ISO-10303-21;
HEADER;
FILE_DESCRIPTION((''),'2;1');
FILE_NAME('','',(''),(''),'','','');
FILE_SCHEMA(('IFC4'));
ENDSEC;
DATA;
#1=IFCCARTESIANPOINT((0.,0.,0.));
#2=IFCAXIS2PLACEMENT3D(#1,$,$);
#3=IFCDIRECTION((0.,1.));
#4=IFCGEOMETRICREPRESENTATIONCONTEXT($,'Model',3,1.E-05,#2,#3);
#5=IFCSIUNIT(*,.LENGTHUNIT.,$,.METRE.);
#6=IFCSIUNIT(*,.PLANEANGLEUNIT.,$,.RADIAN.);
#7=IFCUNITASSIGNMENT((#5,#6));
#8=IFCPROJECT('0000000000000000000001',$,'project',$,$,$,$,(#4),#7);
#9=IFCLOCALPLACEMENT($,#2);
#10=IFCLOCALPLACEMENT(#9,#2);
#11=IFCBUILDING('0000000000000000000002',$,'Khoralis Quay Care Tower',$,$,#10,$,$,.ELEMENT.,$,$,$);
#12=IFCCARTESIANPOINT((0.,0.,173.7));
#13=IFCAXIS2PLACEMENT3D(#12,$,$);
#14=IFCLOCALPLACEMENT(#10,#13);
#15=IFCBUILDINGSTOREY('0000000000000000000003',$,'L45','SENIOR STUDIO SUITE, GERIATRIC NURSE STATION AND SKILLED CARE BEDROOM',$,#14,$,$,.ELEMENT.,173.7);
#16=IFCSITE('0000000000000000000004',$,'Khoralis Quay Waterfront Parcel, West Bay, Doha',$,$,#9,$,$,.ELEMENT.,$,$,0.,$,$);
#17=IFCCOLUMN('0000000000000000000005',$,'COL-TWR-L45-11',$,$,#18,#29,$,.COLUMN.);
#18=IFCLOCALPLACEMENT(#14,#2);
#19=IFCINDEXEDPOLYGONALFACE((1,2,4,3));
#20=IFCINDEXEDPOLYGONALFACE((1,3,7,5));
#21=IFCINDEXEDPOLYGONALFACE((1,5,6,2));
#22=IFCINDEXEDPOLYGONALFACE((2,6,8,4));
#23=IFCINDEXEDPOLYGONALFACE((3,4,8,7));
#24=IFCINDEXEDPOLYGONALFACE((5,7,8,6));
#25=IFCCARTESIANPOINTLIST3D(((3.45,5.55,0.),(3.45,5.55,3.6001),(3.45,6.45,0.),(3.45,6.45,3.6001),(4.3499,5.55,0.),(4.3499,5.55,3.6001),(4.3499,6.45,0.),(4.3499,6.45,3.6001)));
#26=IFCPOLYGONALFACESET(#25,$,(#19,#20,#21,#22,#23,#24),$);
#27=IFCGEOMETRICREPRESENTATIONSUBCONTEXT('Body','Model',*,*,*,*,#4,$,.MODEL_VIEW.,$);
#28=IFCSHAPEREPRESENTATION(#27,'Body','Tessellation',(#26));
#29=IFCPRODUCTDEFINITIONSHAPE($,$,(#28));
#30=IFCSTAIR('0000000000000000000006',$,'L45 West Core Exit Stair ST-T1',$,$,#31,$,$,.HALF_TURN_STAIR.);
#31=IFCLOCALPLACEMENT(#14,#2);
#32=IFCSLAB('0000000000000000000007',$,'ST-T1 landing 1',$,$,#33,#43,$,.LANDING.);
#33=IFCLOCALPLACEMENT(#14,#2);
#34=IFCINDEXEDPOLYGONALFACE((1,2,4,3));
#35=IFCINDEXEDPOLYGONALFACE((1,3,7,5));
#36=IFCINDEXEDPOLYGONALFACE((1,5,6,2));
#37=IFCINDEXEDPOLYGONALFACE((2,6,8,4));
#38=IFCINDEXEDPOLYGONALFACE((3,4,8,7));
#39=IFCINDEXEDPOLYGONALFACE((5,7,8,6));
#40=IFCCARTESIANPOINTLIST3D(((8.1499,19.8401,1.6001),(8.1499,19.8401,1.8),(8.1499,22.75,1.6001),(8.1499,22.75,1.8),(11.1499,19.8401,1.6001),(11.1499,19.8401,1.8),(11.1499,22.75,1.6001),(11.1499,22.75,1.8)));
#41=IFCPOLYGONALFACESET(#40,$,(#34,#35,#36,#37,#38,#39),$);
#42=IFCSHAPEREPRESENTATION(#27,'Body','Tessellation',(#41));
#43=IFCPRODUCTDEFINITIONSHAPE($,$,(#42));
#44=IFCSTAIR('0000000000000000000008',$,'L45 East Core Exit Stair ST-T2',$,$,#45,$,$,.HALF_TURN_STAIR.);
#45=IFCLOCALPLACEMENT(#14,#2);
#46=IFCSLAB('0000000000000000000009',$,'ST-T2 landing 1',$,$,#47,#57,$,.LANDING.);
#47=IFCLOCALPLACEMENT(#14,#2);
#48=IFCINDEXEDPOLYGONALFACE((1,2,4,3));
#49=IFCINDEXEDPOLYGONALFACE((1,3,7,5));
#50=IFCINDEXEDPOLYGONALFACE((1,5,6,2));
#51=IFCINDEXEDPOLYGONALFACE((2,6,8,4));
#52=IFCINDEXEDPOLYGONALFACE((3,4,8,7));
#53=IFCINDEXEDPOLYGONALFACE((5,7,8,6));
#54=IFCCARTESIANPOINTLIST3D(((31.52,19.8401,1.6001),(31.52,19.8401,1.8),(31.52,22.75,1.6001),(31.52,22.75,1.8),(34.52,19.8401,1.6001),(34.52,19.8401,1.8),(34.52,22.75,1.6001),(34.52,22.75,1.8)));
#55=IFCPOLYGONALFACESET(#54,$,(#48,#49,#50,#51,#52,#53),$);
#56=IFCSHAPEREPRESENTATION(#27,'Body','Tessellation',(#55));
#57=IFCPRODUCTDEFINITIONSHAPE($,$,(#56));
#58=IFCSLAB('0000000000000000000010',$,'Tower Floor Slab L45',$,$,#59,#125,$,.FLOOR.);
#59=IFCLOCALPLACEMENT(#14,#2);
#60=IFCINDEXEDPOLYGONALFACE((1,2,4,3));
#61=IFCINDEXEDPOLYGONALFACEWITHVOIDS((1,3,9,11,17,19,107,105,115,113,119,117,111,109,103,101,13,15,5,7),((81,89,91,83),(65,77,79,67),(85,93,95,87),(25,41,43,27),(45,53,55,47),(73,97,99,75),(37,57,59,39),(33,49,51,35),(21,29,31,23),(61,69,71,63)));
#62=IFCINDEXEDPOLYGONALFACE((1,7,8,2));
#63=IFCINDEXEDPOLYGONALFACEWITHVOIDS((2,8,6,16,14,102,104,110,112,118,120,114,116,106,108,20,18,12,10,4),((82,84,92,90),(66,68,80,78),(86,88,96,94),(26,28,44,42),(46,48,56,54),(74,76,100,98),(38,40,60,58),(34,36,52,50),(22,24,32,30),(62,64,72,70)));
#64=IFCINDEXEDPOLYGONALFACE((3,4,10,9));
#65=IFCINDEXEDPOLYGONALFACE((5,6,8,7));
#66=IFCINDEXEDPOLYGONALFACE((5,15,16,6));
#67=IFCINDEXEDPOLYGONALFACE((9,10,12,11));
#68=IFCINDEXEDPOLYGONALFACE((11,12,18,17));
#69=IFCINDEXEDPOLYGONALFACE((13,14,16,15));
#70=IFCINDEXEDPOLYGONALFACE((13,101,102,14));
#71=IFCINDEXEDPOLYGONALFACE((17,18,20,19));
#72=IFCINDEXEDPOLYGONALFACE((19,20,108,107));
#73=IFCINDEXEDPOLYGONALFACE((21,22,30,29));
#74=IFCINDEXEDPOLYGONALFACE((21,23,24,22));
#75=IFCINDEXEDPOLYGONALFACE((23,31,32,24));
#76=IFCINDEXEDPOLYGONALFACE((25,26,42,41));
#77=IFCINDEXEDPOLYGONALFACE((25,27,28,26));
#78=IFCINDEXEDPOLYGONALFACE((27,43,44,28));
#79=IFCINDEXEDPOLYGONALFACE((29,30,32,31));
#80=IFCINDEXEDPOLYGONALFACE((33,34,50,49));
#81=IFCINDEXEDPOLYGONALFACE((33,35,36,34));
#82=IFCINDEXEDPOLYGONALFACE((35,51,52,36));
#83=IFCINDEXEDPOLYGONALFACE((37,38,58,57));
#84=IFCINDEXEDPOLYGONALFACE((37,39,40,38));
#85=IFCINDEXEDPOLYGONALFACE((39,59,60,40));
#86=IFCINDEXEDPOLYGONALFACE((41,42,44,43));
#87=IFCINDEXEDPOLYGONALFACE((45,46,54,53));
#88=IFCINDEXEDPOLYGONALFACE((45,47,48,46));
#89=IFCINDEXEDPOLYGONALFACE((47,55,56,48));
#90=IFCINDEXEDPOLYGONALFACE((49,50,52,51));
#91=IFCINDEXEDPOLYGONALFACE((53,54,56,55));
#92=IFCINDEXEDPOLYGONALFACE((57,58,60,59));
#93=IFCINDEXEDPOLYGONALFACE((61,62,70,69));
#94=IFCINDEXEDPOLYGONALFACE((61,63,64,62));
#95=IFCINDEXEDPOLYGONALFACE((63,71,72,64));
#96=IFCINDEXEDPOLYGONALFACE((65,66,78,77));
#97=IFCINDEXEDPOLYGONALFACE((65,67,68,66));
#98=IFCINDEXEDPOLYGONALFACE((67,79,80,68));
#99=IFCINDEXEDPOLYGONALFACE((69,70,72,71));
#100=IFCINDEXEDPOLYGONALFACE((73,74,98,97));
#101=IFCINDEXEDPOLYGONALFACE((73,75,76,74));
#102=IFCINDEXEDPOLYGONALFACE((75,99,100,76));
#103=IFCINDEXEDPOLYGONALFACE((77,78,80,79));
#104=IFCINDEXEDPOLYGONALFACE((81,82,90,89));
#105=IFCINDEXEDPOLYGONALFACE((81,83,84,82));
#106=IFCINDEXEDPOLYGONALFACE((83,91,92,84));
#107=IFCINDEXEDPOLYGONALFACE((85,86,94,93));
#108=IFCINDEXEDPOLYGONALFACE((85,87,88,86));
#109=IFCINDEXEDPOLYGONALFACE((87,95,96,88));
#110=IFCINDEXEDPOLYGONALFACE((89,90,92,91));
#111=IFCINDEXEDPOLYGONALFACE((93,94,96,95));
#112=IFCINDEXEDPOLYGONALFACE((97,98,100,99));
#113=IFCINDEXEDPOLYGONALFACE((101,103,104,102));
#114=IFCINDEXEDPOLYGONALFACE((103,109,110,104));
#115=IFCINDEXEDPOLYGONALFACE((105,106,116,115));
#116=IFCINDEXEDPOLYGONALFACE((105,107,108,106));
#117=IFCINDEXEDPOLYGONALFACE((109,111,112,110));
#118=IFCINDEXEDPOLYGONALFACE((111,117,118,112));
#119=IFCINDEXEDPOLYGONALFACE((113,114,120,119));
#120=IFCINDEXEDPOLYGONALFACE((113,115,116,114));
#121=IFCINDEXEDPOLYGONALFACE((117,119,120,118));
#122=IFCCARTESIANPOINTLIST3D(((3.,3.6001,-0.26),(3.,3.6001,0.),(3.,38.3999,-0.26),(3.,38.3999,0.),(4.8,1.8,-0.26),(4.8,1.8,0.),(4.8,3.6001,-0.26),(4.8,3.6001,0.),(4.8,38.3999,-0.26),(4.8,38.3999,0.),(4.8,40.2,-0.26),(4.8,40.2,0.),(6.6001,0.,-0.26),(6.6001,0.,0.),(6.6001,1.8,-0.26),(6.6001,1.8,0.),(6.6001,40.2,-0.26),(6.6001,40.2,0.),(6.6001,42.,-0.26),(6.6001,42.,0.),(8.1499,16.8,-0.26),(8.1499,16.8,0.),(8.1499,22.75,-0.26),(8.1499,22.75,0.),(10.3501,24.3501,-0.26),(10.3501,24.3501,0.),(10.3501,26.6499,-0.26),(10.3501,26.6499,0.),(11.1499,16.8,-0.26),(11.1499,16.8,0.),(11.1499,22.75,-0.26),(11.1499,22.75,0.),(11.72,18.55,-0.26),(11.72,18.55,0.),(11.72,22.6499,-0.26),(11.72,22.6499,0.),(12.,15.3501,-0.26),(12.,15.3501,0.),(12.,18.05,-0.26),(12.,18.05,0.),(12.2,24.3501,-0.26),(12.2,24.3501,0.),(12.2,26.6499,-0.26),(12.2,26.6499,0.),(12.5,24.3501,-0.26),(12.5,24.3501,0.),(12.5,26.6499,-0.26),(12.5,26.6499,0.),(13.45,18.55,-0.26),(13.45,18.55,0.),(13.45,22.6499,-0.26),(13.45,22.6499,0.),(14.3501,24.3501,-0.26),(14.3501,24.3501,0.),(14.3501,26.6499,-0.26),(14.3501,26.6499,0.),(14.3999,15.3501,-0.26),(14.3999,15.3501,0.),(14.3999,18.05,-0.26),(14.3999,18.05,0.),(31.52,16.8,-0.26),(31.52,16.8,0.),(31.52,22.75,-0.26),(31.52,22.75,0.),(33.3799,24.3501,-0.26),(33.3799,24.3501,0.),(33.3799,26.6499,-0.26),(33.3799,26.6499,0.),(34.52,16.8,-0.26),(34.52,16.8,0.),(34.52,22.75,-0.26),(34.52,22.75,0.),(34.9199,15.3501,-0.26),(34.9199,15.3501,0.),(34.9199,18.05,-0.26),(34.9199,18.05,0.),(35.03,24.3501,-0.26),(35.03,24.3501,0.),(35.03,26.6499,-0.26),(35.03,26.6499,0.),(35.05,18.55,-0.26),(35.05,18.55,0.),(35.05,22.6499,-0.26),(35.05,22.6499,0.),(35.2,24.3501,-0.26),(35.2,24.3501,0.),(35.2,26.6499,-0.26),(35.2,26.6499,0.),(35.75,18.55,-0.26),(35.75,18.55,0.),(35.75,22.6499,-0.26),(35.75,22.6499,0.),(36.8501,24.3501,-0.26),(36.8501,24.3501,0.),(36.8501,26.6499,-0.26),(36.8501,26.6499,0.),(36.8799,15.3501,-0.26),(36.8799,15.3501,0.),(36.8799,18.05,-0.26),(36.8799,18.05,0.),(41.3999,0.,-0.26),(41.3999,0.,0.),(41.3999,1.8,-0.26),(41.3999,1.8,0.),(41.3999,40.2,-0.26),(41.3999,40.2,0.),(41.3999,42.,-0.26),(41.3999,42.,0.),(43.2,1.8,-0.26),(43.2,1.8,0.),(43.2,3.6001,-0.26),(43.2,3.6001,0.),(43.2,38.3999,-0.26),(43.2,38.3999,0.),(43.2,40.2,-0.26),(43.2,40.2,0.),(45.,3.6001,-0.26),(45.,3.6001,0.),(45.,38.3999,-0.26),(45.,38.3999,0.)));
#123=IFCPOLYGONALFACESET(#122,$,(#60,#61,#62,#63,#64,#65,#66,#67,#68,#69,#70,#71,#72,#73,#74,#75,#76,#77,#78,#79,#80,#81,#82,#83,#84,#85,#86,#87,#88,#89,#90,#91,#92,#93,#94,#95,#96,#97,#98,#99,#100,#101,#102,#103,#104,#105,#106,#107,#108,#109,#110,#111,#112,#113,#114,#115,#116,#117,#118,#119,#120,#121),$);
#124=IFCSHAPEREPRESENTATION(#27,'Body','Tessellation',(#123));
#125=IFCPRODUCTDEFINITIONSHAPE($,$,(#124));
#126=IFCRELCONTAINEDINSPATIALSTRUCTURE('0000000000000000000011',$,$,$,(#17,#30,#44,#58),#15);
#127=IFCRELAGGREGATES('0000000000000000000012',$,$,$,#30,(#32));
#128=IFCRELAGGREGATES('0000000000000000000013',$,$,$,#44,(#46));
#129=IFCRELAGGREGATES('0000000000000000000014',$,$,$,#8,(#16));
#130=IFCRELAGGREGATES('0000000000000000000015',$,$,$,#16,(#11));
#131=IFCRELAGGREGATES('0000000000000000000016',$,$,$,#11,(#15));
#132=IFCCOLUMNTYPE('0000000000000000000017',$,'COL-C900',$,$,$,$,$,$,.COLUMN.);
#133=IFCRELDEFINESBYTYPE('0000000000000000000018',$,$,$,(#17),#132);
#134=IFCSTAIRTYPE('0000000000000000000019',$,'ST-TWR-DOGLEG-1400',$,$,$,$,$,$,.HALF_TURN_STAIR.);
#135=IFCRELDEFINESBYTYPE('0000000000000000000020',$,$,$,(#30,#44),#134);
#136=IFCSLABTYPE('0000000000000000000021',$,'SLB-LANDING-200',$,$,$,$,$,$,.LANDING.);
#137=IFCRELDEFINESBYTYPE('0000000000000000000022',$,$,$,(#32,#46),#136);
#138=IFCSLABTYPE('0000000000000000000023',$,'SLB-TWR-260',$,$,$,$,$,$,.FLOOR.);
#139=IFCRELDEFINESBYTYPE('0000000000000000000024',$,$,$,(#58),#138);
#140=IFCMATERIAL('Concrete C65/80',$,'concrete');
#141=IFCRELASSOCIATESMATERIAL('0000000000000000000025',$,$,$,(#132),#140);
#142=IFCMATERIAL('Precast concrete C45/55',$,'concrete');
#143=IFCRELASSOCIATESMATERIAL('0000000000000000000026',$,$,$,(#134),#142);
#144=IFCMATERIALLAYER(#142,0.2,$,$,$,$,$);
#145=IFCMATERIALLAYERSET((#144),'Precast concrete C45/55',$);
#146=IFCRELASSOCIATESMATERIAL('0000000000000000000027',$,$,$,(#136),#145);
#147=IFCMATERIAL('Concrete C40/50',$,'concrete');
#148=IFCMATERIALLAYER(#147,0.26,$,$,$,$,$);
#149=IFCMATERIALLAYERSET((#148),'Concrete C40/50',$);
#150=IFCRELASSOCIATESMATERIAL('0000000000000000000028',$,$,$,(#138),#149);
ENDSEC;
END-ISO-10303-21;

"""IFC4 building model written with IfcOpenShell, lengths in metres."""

from ifc_helpers import new_model, si_unit, direction, frame, origin, origin_2d, place, context, subcontext, project, spatial, polyline, rectangle, outline, extrude, source, transform, mapped, material, layer, layer_set, material_profile, profile_set, type_object, element, aggregate, save


model = new_model("IFC4")

# Units and contexts
model_context = context("Model", 3, precision=1e-05, world=origin(), true_north=direction((0.0, 1.0)))
body_context = subcontext(model_context, "Body", "Model", "MODEL_VIEW")
ifc_project = project(units=[si_unit("LENGTHUNIT", "METRE"), si_unit("PLANEANGLEUNIT", "RADIAN")], contexts=[model_context])

# Site, building, storey
site_placement = place(None, origin())
site = spatial("IfcSite", under=ifc_project, at=site_placement, Name="Khoralis Quay Waterfront Parcel, West Bay, Doha", CompositionType="ELEMENT", RefElevation=0.0)
building_placement = place(site_placement, origin())
building = spatial("IfcBuilding", under=site, at=building_placement, Name="Khoralis Quay Care Tower", CompositionType="ELEMENT")
storey_placement = place(building_placement, frame((0.0, 0.0, 173.7)))
storey = spatial("IfcBuildingStorey", under=building, at=storey_placement, Name="L45", Description="SENIOR STUDIO SUITE, GERIATRIC NURSE STATION AND SKILLED CARE BEDROOM", CompositionType="ELEMENT", Elevation=173.7)

# Column
ifc_material_1 = material(Name="Concrete C65/80", Category="concrete")
ifc_material_profile = material_profile(ifc_material_1, rectangle(XDim=0.8999, YDim=0.8999, at=origin_2d()), Name="Concrete C65/80")
ifc_profile_set = profile_set([ifc_material_profile], Name="Concrete C65/80")
column_type = type_object("IfcColumnType", Name="COL-C900", PredefinedType="COLUMN", material=ifc_profile_set)
shared_shape_1 = source(origin(), body_context, "Body", "SweptSolid", [
    extrude(rectangle(XDim=0.8999, YDim=0.8999, at=origin_2d()), origin(), (0.0, 0.0, 1.0), 3.6001),
])
column_placement = place(storey_placement, frame((3.8999, 6.0, 0.0), z_axis=(0.0, 0.0, 1.0), x_axis=(1.0, 0.0, 0.0)))
element("IfcColumn", 1, at=column_placement, inside=storey, type_object=column_type, Name="COL-TWR-L45-11", PredefinedType="COLUMN", context=body_context, shape_type="MappedRepresentation", body=[
    mapped(shared_shape_1, transform((0.0, 0.0, 0.0), scale=1.0)),
])

# Stairs, slabs
ifc_material_2 = material(Name="Precast concrete C45/55", Category="concrete")
stair_type = type_object("IfcStairType", Name="ST-TWR-DOGLEG-1400", PredefinedType="HALF_TURN_STAIR", material=ifc_material_2)
stair_1_placement = place(storey_placement, origin())
stair_1 = element("IfcStair", 2, at=stair_1_placement, inside=storey, type_object=stair_type, Name="L45 West Core Exit Stair ST-T1", PredefinedType="HALF_TURN_STAIR")
ifc_layer_1 = layer(ifc_material_2, 0.2)
ifc_layer_set_1 = layer_set([ifc_layer_1], Name="Precast concrete C45/55")
slab_type_1 = type_object("IfcSlabType", Name="SLB-LANDING-200", PredefinedType="LANDING", material=ifc_layer_set_1)
slab_1_placement = place(storey_placement, frame((0.0, 0.0, 1.6001)))
slab_1 = element("IfcSlab", 3, at=slab_1_placement, type_object=slab_type_1, Name="ST-T1 landing 1", PredefinedType="LANDING", context=body_context, shape_type="SweptSolid", body=[
    extrude(outline(polyline([(11.1499, 19.8401), (11.1499, 22.75), (8.1499, 22.75), (8.1499, 19.8401), (11.1499, 19.8401)])), origin(), (0.0, 0.0, 1.0), 0.2),
])
aggregate(stair_1, [slab_1])
stair_2_placement = place(storey_placement, origin())
stair_2 = element("IfcStair", 4, at=stair_2_placement, inside=storey, type_object=stair_type, Name="L45 East Core Exit Stair ST-T2", PredefinedType="HALF_TURN_STAIR")
slab_2_placement = place(storey_placement, frame((0.0, 0.0, 1.6001)))
slab_2 = element("IfcSlab", 5, at=slab_2_placement, type_object=slab_type_1, Name="ST-T2 landing 1", PredefinedType="LANDING", context=body_context, shape_type="SweptSolid", body=[
    extrude(outline(polyline([(34.52, 19.8401), (34.52, 22.75), (31.52, 22.75), (31.52, 19.8401), (34.52, 19.8401)])), origin(), (0.0, 0.0, 1.0), 0.2),
])
aggregate(stair_2, [slab_2])

# Slab
ifc_material_3 = material(Name="Concrete C40/50", Category="concrete")
ifc_layer_2 = layer(ifc_material_3, 0.26)
ifc_layer_set_2 = layer_set([ifc_layer_2], Name="Concrete C40/50")
slab_type_2 = type_object("IfcSlabType", Name="SLB-TWR-260", PredefinedType="FLOOR", material=ifc_layer_set_2)
slab_3_placement = place(storey_placement, frame((0.0, 0.0, -0.26)))
element("IfcSlab", 6, at=slab_3_placement, inside=storey, type_object=slab_type_2, Name="Tower Floor Slab L45", PredefinedType="FLOOR", context=body_context, shape_type="SweptSolid", body=[
    extrude(outline(polyline([(6.6001, 0.0), (41.3999, 0.0), (41.3999, 1.8), (43.2, 1.8), (43.2, 3.6001), (45.0, 3.6001), (45.0, 38.3999), (43.2, 38.3999), (43.2, 40.2), (41.3999, 40.2), (41.3999, 42.0), (6.6001, 42.0), (6.6001, 40.2), (4.8, 40.2), (4.8, 38.3999), (3.0, 38.3999), (3.0, 3.6001), (4.8, 3.6001), (4.8, 1.8), (6.6001, 1.8), (6.6001, 0.0)]), holes=[polyline([(11.1499, 16.8), (11.1499, 22.75), (8.1499, 22.75), (8.1499, 16.8), (11.1499, 16.8)]), polyline([(34.52, 16.8), (34.52, 22.75), (31.52, 22.75), (31.52, 16.8), (34.52, 16.8)]), polyline([(12.0, 15.3501), (14.3999, 15.3501), (14.3999, 18.05), (12.0, 18.05), (12.0, 15.3501)]), polyline([(34.9199, 15.3501), (36.8799, 15.3501), (36.8799, 18.05), (34.9199, 18.05), (34.9199, 15.3501)]), polyline([(10.3501, 24.3501), (12.2, 24.3501), (12.2, 26.6499), (10.3501, 26.6499), (10.3501, 24.3501)]), polyline([(33.3799, 24.3501), (35.03, 24.3501), (35.03, 26.6499), (33.3799, 26.6499), (33.3799, 24.3501)]), polyline([(12.5, 24.3501), (14.3501, 24.3501), (14.3501, 26.6499), (12.5, 26.6499), (12.5, 24.3501)]), polyline([(35.2, 24.3501), (36.8501, 24.3501), (36.8501, 26.6499), (35.2, 26.6499), (35.2, 24.3501)]), polyline([(11.72, 18.55), (13.45, 18.55), (13.45, 22.6499), (11.72, 22.6499), (11.72, 18.55)]), polyline([(35.05, 18.55), (35.75, 18.55), (35.75, 22.6499), (35.05, 22.6499), (35.05, 18.55)])]), origin(), (0.0, 0.0, 1.0), 0.26),
])

save(model, "model.ifc")
